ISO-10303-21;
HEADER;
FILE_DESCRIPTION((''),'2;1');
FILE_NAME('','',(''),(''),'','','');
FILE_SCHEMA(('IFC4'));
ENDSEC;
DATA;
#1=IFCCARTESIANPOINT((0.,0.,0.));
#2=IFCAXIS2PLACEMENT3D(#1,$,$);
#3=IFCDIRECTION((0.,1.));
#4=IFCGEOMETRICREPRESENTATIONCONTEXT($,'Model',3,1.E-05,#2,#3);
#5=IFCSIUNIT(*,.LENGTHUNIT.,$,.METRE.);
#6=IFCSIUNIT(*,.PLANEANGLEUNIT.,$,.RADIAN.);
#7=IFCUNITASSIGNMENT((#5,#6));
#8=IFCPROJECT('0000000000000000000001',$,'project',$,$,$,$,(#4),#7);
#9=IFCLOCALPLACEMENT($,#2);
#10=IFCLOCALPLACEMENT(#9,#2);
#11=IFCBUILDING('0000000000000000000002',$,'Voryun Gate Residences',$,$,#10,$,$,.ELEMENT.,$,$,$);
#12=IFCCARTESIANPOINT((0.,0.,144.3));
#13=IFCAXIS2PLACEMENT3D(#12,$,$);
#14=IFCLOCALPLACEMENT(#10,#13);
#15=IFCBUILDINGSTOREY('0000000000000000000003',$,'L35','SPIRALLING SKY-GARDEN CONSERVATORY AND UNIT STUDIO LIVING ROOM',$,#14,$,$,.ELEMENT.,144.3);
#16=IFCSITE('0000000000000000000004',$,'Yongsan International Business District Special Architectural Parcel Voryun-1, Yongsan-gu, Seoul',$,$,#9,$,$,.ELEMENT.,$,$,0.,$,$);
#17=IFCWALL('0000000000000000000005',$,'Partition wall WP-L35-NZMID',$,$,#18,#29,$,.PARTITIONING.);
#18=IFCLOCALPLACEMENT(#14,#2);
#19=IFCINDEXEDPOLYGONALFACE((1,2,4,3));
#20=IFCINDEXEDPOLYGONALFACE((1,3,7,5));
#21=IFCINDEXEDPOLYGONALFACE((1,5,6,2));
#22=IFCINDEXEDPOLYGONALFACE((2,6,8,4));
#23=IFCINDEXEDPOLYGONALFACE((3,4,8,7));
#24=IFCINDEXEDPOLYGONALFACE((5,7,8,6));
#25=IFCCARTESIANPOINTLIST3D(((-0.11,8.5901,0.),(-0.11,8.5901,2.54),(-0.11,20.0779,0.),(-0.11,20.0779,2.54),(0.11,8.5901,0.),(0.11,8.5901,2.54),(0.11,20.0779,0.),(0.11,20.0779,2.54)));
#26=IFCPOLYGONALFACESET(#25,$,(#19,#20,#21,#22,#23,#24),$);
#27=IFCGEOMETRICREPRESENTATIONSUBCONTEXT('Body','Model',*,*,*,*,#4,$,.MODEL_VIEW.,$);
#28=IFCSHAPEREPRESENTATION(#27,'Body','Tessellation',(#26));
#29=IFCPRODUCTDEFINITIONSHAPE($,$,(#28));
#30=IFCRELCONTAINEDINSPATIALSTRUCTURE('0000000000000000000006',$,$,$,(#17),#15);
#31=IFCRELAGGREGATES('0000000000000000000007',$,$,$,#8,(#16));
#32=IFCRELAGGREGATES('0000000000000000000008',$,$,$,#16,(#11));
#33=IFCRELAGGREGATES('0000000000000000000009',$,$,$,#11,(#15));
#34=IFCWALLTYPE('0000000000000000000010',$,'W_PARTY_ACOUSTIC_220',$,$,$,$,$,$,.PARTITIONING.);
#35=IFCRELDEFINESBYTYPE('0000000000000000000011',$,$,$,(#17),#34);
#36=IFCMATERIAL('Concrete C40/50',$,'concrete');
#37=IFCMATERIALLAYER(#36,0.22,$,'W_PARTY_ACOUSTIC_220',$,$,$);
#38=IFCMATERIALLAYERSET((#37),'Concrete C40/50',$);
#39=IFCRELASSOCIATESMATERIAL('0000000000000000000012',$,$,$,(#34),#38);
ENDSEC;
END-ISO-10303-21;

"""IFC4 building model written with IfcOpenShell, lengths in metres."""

from ifc_helpers import new_model, si_unit, direction, frame, frame_2d, origin, place, context, subcontext, project, spatial, rectangle, extrude, material, layer, layer_set, type_object, element, save


model = new_model("IFC4")

# Units and contexts
model_context = context("Model", 3, precision=1e-05, world=origin(), true_north=direction((0.0, 1.0)))
body_context = subcontext(model_context, "Body", "Model", "MODEL_VIEW")
ifc_project = project(units=[si_unit("LENGTHUNIT", "METRE"), si_unit("PLANEANGLEUNIT", "RADIAN")], contexts=[model_context])

# Site, building, storey
site_placement = place(None, origin())
site = spatial("IfcSite", under=ifc_project, at=site_placement, Name="Yongsan International Business District Special Architectural Parcel Voryun-1, Yongsan-gu, Seoul", CompositionType="ELEMENT", RefElevation=0.0)
building_placement = place(site_placement, origin())
building = spatial("IfcBuilding", under=site, at=building_placement, Name="Voryun Gate Residences", CompositionType="ELEMENT")
storey_placement = place(building_placement, frame((0.0, 0.0, 144.3)))
storey = spatial("IfcBuildingStorey", under=building, at=storey_placement, Name="L35", Description="SPIRALLING SKY-GARDEN CONSERVATORY AND UNIT STUDIO LIVING ROOM", CompositionType="ELEMENT", Elevation=144.3)

# Wall
ifc_material_1 = material(Name="Concrete C40/50", Category="concrete")
ifc_layer_1 = layer(ifc_material_1, 0.22, Name="W_PARTY_ACOUSTIC_220")
ifc_layer_set_1 = layer_set([ifc_layer_1], Name="Concrete C40/50")
wall_type_1 = type_object("IfcWallType", Name="W_PARTY_ACOUSTIC_220", PredefinedType="PARTITIONING", material=ifc_layer_set_1)
wall_1_placement = place(storey_placement, frame((0.0, 8.5901, 0.0), z_axis=(0.0, 0.0, 1.0), x_axis=(0.0, 1.0, 0.0)))
element("IfcWall", 1, at=wall_1_placement, inside=storey, type_object=wall_type_1, Name="Partition wall WP-L35-NZMID", PredefinedType="PARTITIONING", context=body_context, shape_type="SweptSolid", body=[
    extrude(rectangle(XDim=11.4878, YDim=0.22, at=frame_2d((5.7439, 0.0))), origin(), (0.0, 0.0, 1.0), 2.54),
])

save(model, "model.ifc")
